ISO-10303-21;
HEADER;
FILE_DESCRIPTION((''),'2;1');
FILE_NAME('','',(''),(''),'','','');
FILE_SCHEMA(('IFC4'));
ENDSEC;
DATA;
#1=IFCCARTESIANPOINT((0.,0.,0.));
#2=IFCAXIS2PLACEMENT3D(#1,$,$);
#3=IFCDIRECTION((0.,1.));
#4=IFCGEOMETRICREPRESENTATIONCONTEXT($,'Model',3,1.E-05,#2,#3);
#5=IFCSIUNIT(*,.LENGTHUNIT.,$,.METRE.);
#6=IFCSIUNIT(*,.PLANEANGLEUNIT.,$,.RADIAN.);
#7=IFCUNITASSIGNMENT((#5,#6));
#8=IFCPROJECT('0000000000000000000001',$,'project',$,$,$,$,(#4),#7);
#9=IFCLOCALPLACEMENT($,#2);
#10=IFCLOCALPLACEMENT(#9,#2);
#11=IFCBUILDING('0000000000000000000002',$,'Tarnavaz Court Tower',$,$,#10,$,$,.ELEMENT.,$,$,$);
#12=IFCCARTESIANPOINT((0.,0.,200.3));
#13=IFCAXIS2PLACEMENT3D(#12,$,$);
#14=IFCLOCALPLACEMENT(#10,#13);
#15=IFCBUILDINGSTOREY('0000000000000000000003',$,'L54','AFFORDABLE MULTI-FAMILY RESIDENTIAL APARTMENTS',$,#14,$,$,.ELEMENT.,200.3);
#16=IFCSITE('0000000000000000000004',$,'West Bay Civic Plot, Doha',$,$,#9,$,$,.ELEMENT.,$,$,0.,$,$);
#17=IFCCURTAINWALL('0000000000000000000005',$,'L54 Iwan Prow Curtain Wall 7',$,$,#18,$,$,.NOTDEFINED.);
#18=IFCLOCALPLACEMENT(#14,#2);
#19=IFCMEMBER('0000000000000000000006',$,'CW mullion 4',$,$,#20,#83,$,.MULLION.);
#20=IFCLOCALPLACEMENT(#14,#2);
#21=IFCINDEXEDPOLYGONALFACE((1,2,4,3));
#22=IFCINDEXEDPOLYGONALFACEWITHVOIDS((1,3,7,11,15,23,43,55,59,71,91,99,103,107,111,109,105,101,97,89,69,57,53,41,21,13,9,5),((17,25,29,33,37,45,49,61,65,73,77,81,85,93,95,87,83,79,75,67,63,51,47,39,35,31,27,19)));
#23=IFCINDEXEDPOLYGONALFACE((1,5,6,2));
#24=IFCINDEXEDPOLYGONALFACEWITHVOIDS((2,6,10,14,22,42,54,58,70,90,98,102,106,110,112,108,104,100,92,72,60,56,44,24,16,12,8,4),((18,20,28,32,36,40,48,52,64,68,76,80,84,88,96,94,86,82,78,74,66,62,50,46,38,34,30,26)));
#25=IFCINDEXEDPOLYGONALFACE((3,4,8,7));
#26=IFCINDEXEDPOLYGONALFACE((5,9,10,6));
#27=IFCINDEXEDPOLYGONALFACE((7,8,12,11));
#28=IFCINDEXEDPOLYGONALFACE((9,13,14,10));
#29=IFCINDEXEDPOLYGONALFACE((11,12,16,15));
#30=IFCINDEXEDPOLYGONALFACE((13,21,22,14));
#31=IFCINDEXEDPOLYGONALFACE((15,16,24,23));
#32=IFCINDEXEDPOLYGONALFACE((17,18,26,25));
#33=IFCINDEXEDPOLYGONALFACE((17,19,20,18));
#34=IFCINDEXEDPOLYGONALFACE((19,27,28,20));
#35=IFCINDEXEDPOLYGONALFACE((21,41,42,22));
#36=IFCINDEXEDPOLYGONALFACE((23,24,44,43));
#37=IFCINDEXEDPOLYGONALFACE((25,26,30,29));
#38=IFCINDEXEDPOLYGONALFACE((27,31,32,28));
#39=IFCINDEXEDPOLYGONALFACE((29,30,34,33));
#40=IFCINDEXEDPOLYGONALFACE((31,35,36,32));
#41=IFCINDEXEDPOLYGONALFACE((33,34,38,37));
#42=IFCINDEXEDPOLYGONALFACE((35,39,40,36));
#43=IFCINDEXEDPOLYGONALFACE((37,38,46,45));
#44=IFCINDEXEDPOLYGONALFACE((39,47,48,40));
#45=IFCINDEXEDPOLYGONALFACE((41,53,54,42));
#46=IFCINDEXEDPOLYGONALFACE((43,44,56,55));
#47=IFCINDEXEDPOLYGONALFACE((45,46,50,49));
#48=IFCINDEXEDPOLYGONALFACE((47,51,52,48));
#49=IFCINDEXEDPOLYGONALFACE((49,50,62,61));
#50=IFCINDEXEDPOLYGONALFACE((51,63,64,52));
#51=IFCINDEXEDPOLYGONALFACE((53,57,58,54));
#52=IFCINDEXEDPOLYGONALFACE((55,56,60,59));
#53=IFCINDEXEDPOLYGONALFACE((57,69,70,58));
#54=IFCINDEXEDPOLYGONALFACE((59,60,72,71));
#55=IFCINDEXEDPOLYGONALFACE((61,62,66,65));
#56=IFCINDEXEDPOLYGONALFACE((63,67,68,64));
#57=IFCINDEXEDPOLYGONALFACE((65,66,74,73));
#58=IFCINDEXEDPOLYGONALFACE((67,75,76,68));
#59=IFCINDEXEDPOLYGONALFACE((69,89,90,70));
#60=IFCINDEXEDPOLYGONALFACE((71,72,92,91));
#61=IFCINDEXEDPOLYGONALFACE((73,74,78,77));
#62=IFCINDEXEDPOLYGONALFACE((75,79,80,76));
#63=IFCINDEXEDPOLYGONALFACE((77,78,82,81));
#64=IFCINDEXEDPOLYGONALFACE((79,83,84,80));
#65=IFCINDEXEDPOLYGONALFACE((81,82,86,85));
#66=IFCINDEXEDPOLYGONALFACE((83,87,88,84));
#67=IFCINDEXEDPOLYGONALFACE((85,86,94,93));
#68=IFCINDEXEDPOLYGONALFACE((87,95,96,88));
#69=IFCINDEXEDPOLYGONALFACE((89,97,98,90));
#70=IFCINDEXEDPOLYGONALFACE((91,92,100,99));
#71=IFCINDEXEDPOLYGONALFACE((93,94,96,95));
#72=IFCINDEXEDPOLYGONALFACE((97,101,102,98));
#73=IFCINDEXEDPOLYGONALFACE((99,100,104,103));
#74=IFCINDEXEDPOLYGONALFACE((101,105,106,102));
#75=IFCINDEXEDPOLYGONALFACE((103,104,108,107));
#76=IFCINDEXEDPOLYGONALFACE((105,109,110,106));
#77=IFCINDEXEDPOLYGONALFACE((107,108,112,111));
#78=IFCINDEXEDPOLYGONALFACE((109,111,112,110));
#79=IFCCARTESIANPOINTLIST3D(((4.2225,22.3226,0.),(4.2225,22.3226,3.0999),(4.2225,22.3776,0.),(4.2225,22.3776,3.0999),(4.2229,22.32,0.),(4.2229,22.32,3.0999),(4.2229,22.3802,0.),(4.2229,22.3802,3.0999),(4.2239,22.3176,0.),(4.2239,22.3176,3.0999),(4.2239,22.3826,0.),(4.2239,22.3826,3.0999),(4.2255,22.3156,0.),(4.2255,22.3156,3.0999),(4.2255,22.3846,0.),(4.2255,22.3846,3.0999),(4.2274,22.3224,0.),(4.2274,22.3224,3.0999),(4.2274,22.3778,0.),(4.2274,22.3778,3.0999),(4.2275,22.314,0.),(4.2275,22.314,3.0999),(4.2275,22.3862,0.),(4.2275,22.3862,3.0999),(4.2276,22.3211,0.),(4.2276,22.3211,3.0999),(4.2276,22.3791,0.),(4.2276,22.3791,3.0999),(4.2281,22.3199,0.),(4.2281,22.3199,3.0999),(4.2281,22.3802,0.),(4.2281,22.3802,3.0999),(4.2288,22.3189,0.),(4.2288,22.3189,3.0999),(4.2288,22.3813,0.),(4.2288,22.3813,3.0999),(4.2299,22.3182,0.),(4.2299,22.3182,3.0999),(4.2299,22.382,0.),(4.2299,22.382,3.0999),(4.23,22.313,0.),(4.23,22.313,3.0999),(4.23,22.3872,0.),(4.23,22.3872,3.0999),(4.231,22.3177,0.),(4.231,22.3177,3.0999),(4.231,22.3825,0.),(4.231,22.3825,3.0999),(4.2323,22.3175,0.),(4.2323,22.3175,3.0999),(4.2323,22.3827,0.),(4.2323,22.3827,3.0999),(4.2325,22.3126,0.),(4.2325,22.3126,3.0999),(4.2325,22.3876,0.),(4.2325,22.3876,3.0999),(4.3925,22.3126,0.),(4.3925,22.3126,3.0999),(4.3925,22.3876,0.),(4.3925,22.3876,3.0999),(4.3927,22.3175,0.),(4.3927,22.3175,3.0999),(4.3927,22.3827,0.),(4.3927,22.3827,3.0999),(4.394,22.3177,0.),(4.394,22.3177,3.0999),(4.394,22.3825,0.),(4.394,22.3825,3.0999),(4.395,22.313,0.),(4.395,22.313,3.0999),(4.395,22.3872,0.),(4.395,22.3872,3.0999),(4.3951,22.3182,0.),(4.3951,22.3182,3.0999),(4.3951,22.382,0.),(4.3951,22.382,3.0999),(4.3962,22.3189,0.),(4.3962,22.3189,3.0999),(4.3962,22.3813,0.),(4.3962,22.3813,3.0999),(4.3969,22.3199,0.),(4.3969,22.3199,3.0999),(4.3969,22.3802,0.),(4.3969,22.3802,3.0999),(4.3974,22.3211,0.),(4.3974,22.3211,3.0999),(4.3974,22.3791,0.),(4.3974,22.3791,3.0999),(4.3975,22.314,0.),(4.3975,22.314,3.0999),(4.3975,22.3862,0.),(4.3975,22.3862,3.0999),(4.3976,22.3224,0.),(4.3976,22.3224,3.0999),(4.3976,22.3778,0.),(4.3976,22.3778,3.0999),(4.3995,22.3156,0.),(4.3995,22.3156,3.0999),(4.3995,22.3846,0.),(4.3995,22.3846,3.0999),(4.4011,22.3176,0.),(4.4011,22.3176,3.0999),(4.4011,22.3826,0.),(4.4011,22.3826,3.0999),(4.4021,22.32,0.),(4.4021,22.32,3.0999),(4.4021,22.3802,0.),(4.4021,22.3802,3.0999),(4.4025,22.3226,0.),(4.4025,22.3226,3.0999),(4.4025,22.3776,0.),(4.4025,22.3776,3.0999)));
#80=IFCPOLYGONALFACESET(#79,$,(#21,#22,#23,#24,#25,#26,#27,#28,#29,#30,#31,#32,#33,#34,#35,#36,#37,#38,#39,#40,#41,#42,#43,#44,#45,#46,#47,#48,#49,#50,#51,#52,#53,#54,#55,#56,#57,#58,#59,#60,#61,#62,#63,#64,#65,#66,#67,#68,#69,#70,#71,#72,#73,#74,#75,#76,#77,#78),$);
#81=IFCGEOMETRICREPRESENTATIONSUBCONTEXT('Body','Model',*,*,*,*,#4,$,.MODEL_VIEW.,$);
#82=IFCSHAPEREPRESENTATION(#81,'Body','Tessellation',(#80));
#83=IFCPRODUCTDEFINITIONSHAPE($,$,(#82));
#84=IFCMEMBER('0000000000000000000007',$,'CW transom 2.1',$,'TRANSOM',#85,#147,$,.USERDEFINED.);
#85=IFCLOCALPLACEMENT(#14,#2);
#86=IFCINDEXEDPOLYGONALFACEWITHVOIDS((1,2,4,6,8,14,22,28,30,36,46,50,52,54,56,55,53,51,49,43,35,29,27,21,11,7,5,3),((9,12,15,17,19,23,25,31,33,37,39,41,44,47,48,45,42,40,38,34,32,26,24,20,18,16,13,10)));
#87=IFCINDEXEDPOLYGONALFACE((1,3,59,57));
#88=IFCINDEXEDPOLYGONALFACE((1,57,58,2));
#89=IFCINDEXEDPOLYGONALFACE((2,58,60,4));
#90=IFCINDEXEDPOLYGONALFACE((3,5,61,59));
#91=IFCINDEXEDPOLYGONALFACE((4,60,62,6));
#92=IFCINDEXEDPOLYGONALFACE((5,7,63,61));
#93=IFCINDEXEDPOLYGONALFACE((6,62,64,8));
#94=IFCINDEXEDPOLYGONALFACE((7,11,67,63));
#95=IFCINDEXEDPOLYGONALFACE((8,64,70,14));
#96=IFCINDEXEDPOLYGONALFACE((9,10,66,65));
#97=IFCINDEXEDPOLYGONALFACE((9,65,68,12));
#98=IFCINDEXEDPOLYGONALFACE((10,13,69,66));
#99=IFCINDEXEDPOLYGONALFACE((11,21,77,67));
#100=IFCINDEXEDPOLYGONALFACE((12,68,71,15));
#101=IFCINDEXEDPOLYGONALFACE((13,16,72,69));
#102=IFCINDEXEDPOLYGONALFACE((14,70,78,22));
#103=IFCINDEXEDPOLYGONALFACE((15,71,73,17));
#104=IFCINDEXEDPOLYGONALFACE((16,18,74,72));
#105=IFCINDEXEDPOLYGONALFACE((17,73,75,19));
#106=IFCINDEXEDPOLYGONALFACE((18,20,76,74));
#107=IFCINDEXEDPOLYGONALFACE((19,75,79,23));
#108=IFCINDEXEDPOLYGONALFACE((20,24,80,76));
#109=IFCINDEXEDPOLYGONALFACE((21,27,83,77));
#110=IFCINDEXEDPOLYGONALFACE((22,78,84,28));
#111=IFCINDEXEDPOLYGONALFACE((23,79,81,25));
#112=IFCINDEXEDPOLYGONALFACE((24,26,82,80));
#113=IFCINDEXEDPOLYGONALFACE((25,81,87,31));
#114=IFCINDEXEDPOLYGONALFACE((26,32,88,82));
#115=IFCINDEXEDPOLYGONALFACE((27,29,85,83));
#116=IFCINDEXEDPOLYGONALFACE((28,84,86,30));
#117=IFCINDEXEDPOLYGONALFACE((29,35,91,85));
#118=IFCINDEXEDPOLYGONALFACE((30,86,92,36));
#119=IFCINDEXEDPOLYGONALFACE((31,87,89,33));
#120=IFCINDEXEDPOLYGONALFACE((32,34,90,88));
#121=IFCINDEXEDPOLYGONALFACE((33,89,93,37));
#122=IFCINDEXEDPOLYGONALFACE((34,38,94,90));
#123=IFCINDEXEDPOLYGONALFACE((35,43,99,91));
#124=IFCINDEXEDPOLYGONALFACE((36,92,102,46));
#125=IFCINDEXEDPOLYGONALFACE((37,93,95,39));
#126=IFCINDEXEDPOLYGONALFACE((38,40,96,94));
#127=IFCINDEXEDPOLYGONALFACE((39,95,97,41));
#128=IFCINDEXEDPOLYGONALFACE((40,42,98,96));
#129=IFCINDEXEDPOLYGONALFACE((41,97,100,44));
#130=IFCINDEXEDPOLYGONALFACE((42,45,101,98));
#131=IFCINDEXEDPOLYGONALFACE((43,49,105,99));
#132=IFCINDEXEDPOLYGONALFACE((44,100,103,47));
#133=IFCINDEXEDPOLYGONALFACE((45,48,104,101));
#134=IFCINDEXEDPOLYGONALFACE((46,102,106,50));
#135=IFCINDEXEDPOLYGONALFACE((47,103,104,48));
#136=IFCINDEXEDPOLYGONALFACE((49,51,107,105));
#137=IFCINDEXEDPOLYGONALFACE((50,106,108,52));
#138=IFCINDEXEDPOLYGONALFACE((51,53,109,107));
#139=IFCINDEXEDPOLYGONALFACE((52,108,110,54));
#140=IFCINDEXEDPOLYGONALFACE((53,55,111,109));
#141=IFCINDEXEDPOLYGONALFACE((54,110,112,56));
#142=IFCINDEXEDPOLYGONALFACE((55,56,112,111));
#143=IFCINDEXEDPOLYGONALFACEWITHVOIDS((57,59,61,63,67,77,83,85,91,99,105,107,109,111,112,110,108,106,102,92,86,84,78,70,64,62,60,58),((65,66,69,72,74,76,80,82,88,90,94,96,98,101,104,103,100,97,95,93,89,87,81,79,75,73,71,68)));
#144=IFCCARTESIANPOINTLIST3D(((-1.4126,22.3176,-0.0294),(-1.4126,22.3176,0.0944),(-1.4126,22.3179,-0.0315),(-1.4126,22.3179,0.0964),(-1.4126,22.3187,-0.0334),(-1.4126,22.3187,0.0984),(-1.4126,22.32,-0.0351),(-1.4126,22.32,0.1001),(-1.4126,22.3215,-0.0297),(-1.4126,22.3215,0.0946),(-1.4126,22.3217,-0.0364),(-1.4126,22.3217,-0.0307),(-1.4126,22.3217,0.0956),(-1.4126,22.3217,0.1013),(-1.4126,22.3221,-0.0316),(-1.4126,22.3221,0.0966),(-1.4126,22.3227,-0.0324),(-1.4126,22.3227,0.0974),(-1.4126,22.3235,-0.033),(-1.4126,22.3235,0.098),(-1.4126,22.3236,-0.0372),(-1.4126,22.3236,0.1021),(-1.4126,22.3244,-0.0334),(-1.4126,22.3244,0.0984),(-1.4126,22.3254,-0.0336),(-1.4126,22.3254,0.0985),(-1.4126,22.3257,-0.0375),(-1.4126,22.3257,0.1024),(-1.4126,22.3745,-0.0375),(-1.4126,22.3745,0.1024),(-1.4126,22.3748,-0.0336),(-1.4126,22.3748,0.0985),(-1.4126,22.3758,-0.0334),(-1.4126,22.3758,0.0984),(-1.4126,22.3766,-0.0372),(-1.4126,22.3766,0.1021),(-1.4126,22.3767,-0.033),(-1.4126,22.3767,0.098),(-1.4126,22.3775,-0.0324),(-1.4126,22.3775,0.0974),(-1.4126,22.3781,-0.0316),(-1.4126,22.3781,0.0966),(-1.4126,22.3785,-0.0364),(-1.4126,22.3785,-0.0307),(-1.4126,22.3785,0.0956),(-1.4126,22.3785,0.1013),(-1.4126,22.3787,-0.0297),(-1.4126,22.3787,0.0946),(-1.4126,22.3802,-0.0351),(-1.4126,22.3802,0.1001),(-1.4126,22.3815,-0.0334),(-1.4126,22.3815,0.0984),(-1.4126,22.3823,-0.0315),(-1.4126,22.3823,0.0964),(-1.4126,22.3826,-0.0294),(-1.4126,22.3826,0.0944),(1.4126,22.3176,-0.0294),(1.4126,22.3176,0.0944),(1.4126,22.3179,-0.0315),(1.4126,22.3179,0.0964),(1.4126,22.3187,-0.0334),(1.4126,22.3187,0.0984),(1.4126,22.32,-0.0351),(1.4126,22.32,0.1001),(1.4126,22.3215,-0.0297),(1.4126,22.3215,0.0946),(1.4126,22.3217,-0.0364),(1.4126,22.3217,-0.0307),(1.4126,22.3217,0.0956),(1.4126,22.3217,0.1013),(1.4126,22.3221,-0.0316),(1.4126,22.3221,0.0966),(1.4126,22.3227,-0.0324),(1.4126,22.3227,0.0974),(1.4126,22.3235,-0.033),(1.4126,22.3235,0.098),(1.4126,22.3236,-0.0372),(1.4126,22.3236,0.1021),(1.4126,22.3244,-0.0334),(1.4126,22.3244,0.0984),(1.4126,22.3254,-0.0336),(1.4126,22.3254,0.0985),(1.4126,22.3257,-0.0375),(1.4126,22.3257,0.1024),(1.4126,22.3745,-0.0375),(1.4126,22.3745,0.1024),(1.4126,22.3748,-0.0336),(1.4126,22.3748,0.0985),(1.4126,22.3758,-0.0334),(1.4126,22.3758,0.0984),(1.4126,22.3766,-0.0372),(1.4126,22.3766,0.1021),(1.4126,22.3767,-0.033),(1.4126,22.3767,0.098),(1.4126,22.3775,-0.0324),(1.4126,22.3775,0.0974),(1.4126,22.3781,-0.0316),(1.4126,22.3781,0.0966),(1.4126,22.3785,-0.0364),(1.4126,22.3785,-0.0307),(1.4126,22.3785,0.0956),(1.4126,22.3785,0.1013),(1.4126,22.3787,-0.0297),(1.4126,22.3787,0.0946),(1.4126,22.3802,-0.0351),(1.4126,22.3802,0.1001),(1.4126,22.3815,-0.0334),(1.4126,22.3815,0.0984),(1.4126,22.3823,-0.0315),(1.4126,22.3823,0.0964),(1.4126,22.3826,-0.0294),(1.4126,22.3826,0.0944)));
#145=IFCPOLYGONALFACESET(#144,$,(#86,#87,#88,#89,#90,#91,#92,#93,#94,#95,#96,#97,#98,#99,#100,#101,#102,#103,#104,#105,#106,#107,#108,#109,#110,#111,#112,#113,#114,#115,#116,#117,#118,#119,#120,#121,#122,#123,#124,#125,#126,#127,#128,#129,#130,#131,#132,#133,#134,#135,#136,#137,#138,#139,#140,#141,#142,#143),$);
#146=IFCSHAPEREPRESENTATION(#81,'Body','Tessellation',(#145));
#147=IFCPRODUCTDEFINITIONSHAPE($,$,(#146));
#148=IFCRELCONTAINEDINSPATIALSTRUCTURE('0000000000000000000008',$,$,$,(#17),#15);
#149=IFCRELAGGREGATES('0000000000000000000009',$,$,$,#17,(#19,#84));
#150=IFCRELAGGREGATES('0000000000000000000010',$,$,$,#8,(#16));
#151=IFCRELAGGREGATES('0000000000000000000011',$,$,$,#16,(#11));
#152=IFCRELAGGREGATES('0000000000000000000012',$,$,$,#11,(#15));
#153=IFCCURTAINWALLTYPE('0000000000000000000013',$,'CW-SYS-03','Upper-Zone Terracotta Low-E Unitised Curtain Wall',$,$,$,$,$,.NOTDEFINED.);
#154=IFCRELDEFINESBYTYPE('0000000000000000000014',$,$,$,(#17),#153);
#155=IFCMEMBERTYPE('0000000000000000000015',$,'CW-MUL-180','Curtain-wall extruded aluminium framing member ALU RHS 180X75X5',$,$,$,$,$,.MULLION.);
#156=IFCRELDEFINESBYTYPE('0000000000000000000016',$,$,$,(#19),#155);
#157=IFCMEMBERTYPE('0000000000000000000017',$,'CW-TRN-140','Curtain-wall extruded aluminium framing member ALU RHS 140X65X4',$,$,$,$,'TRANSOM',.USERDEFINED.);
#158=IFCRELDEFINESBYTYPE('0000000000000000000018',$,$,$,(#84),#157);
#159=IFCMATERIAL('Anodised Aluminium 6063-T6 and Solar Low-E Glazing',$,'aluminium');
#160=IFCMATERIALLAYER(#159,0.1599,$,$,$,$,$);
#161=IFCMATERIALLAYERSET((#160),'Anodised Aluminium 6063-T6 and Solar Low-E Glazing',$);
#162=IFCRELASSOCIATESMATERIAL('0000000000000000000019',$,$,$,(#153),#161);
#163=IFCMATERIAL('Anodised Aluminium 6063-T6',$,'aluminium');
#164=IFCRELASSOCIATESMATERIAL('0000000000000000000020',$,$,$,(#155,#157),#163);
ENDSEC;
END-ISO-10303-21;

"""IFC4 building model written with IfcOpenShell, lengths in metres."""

from ifc_helpers import new_model, si_unit, direction, frame, origin, origin_2d, place, context, subcontext, project, spatial, hollow_rectangle, extrude, material, layer, layer_set, material_profile, profile_set, type_object, element, aggregate, save


model = new_model("IFC4")

# Units and contexts
model_context = context("Model", 3, precision=1e-05, world=origin(), true_north=direction((0.0, 1.0)))
body_context = subcontext(model_context, "Body", "Model", "MODEL_VIEW")
ifc_project = project(units=[si_unit("LENGTHUNIT", "METRE"), si_unit("PLANEANGLEUNIT", "RADIAN")], contexts=[model_context])

# Site, building, storey
site_placement = place(None, origin())
site = spatial("IfcSite", under=ifc_project, at=site_placement, Name="West Bay Civic Plot, Doha", CompositionType="ELEMENT", RefElevation=0.0)
building_placement = place(site_placement, origin())
building = spatial("IfcBuilding", under=site, at=building_placement, Name="Tarnavaz Court Tower", CompositionType="ELEMENT")
storey_placement = place(building_placement, frame((0.0, 0.0, 200.3)))
storey = spatial("IfcBuildingStorey", under=building, at=storey_placement, Name="L54", Description="AFFORDABLE MULTI-FAMILY RESIDENTIAL APARTMENTS", CompositionType="ELEMENT", Elevation=200.3)

# Curtain wall, members
ifc_material_1 = material(Name="Anodised Aluminium 6063-T6 and Solar Low-E Glazing", Category="aluminium")
ifc_layer_1 = layer(ifc_material_1, 0.1599)
ifc_layer_set_1 = layer_set([ifc_layer_1], Name="Anodised Aluminium 6063-T6 and Solar Low-E Glazing")
curtain_wall_type = type_object("IfcCurtainWallType", Name="CW-SYS-03", Description="Upper-Zone Terracotta Low-E Unitised Curtain Wall", PredefinedType="NOTDEFINED", material=ifc_layer_set_1)
curtain_wall_placement = place(storey_placement, origin())
curtain_wall = element("IfcCurtainWall", 1, at=curtain_wall_placement, inside=storey, type_object=curtain_wall_type, Name="L54 Iwan Prow Curtain Wall 7", PredefinedType="NOTDEFINED")
ifc_material_2 = material(Name="Anodised Aluminium 6063-T6", Category="aluminium")
ifc_material_profile_1 = material_profile(ifc_material_2, hollow_rectangle(XDim=0.075, YDim=0.1799, WallThickness=0.0049, InnerFilletRadius=0.0049, OuterFilletRadius=0.01, at=origin_2d()), Name="ALU RHS 180X75X5")
ifc_profile_set_1 = profile_set([ifc_material_profile_1], Name="Anodised Aluminium 6063-T6")
member_type_1 = type_object("IfcMemberType", Name="CW-MUL-180", Description="Curtain-wall extruded aluminium framing member ALU RHS 180X75X5", PredefinedType="MULLION", material=ifc_profile_set_1)
member_1_placement = place(storey_placement, frame((4.3125, 22.3501, 0.0), z_axis=(0.0, 0.0, 1.0), x_axis=(0.0, 1.0, 0.0)))
member_1 = element("IfcMember", 2, at=member_1_placement, type_object=member_type_1, Name="CW mullion 4", PredefinedType="MULLION", context=body_context, shape_type="SweptSolid", body=[
    extrude(hollow_rectangle(XDim=0.075, YDim=0.1799, WallThickness=0.0049, InnerFilletRadius=0.0049, OuterFilletRadius=0.01, at=origin_2d()), origin(), (0.0, 0.0, 1.0), 3.0999),
])
ifc_material_profile_2 = material_profile(ifc_material_2, hollow_rectangle(XDim=0.0649, YDim=0.1399, WallThickness=0.0039, InnerFilletRadius=0.0039, OuterFilletRadius=0.0081, at=origin_2d()), Name="ALU RHS 140X65X4")
ifc_profile_set_2 = profile_set([ifc_material_profile_2], Name="Anodised Aluminium 6063-T6")
member_type_2 = type_object("IfcMemberType", Name="CW-TRN-140", Description="Curtain-wall extruded aluminium framing member ALU RHS 140X65X4", ElementType="TRANSOM", PredefinedType="USERDEFINED", material=ifc_profile_set_2)
member_2_placement = place(storey_placement, frame((-1.4126, 22.3501, 0.0325), z_axis=(1.0, 0.0, 0.0), x_axis=(0.0, 1.0, 0.0)))
member_2 = element("IfcMember", 3, at=member_2_placement, type_object=member_type_2, Name="CW transom 2.1", ObjectType="TRANSOM", PredefinedType="USERDEFINED", context=body_context, shape_type="SweptSolid", body=[
    extrude(hollow_rectangle(XDim=0.0649, YDim=0.1399, WallThickness=0.0039, InnerFilletRadius=0.0039, OuterFilletRadius=0.0081, at=origin_2d()), origin(), (0.0, 0.0, 1.0), 2.8252),
])
aggregate(curtain_wall, [member_1, member_2])

save(model, "model.ifc")
